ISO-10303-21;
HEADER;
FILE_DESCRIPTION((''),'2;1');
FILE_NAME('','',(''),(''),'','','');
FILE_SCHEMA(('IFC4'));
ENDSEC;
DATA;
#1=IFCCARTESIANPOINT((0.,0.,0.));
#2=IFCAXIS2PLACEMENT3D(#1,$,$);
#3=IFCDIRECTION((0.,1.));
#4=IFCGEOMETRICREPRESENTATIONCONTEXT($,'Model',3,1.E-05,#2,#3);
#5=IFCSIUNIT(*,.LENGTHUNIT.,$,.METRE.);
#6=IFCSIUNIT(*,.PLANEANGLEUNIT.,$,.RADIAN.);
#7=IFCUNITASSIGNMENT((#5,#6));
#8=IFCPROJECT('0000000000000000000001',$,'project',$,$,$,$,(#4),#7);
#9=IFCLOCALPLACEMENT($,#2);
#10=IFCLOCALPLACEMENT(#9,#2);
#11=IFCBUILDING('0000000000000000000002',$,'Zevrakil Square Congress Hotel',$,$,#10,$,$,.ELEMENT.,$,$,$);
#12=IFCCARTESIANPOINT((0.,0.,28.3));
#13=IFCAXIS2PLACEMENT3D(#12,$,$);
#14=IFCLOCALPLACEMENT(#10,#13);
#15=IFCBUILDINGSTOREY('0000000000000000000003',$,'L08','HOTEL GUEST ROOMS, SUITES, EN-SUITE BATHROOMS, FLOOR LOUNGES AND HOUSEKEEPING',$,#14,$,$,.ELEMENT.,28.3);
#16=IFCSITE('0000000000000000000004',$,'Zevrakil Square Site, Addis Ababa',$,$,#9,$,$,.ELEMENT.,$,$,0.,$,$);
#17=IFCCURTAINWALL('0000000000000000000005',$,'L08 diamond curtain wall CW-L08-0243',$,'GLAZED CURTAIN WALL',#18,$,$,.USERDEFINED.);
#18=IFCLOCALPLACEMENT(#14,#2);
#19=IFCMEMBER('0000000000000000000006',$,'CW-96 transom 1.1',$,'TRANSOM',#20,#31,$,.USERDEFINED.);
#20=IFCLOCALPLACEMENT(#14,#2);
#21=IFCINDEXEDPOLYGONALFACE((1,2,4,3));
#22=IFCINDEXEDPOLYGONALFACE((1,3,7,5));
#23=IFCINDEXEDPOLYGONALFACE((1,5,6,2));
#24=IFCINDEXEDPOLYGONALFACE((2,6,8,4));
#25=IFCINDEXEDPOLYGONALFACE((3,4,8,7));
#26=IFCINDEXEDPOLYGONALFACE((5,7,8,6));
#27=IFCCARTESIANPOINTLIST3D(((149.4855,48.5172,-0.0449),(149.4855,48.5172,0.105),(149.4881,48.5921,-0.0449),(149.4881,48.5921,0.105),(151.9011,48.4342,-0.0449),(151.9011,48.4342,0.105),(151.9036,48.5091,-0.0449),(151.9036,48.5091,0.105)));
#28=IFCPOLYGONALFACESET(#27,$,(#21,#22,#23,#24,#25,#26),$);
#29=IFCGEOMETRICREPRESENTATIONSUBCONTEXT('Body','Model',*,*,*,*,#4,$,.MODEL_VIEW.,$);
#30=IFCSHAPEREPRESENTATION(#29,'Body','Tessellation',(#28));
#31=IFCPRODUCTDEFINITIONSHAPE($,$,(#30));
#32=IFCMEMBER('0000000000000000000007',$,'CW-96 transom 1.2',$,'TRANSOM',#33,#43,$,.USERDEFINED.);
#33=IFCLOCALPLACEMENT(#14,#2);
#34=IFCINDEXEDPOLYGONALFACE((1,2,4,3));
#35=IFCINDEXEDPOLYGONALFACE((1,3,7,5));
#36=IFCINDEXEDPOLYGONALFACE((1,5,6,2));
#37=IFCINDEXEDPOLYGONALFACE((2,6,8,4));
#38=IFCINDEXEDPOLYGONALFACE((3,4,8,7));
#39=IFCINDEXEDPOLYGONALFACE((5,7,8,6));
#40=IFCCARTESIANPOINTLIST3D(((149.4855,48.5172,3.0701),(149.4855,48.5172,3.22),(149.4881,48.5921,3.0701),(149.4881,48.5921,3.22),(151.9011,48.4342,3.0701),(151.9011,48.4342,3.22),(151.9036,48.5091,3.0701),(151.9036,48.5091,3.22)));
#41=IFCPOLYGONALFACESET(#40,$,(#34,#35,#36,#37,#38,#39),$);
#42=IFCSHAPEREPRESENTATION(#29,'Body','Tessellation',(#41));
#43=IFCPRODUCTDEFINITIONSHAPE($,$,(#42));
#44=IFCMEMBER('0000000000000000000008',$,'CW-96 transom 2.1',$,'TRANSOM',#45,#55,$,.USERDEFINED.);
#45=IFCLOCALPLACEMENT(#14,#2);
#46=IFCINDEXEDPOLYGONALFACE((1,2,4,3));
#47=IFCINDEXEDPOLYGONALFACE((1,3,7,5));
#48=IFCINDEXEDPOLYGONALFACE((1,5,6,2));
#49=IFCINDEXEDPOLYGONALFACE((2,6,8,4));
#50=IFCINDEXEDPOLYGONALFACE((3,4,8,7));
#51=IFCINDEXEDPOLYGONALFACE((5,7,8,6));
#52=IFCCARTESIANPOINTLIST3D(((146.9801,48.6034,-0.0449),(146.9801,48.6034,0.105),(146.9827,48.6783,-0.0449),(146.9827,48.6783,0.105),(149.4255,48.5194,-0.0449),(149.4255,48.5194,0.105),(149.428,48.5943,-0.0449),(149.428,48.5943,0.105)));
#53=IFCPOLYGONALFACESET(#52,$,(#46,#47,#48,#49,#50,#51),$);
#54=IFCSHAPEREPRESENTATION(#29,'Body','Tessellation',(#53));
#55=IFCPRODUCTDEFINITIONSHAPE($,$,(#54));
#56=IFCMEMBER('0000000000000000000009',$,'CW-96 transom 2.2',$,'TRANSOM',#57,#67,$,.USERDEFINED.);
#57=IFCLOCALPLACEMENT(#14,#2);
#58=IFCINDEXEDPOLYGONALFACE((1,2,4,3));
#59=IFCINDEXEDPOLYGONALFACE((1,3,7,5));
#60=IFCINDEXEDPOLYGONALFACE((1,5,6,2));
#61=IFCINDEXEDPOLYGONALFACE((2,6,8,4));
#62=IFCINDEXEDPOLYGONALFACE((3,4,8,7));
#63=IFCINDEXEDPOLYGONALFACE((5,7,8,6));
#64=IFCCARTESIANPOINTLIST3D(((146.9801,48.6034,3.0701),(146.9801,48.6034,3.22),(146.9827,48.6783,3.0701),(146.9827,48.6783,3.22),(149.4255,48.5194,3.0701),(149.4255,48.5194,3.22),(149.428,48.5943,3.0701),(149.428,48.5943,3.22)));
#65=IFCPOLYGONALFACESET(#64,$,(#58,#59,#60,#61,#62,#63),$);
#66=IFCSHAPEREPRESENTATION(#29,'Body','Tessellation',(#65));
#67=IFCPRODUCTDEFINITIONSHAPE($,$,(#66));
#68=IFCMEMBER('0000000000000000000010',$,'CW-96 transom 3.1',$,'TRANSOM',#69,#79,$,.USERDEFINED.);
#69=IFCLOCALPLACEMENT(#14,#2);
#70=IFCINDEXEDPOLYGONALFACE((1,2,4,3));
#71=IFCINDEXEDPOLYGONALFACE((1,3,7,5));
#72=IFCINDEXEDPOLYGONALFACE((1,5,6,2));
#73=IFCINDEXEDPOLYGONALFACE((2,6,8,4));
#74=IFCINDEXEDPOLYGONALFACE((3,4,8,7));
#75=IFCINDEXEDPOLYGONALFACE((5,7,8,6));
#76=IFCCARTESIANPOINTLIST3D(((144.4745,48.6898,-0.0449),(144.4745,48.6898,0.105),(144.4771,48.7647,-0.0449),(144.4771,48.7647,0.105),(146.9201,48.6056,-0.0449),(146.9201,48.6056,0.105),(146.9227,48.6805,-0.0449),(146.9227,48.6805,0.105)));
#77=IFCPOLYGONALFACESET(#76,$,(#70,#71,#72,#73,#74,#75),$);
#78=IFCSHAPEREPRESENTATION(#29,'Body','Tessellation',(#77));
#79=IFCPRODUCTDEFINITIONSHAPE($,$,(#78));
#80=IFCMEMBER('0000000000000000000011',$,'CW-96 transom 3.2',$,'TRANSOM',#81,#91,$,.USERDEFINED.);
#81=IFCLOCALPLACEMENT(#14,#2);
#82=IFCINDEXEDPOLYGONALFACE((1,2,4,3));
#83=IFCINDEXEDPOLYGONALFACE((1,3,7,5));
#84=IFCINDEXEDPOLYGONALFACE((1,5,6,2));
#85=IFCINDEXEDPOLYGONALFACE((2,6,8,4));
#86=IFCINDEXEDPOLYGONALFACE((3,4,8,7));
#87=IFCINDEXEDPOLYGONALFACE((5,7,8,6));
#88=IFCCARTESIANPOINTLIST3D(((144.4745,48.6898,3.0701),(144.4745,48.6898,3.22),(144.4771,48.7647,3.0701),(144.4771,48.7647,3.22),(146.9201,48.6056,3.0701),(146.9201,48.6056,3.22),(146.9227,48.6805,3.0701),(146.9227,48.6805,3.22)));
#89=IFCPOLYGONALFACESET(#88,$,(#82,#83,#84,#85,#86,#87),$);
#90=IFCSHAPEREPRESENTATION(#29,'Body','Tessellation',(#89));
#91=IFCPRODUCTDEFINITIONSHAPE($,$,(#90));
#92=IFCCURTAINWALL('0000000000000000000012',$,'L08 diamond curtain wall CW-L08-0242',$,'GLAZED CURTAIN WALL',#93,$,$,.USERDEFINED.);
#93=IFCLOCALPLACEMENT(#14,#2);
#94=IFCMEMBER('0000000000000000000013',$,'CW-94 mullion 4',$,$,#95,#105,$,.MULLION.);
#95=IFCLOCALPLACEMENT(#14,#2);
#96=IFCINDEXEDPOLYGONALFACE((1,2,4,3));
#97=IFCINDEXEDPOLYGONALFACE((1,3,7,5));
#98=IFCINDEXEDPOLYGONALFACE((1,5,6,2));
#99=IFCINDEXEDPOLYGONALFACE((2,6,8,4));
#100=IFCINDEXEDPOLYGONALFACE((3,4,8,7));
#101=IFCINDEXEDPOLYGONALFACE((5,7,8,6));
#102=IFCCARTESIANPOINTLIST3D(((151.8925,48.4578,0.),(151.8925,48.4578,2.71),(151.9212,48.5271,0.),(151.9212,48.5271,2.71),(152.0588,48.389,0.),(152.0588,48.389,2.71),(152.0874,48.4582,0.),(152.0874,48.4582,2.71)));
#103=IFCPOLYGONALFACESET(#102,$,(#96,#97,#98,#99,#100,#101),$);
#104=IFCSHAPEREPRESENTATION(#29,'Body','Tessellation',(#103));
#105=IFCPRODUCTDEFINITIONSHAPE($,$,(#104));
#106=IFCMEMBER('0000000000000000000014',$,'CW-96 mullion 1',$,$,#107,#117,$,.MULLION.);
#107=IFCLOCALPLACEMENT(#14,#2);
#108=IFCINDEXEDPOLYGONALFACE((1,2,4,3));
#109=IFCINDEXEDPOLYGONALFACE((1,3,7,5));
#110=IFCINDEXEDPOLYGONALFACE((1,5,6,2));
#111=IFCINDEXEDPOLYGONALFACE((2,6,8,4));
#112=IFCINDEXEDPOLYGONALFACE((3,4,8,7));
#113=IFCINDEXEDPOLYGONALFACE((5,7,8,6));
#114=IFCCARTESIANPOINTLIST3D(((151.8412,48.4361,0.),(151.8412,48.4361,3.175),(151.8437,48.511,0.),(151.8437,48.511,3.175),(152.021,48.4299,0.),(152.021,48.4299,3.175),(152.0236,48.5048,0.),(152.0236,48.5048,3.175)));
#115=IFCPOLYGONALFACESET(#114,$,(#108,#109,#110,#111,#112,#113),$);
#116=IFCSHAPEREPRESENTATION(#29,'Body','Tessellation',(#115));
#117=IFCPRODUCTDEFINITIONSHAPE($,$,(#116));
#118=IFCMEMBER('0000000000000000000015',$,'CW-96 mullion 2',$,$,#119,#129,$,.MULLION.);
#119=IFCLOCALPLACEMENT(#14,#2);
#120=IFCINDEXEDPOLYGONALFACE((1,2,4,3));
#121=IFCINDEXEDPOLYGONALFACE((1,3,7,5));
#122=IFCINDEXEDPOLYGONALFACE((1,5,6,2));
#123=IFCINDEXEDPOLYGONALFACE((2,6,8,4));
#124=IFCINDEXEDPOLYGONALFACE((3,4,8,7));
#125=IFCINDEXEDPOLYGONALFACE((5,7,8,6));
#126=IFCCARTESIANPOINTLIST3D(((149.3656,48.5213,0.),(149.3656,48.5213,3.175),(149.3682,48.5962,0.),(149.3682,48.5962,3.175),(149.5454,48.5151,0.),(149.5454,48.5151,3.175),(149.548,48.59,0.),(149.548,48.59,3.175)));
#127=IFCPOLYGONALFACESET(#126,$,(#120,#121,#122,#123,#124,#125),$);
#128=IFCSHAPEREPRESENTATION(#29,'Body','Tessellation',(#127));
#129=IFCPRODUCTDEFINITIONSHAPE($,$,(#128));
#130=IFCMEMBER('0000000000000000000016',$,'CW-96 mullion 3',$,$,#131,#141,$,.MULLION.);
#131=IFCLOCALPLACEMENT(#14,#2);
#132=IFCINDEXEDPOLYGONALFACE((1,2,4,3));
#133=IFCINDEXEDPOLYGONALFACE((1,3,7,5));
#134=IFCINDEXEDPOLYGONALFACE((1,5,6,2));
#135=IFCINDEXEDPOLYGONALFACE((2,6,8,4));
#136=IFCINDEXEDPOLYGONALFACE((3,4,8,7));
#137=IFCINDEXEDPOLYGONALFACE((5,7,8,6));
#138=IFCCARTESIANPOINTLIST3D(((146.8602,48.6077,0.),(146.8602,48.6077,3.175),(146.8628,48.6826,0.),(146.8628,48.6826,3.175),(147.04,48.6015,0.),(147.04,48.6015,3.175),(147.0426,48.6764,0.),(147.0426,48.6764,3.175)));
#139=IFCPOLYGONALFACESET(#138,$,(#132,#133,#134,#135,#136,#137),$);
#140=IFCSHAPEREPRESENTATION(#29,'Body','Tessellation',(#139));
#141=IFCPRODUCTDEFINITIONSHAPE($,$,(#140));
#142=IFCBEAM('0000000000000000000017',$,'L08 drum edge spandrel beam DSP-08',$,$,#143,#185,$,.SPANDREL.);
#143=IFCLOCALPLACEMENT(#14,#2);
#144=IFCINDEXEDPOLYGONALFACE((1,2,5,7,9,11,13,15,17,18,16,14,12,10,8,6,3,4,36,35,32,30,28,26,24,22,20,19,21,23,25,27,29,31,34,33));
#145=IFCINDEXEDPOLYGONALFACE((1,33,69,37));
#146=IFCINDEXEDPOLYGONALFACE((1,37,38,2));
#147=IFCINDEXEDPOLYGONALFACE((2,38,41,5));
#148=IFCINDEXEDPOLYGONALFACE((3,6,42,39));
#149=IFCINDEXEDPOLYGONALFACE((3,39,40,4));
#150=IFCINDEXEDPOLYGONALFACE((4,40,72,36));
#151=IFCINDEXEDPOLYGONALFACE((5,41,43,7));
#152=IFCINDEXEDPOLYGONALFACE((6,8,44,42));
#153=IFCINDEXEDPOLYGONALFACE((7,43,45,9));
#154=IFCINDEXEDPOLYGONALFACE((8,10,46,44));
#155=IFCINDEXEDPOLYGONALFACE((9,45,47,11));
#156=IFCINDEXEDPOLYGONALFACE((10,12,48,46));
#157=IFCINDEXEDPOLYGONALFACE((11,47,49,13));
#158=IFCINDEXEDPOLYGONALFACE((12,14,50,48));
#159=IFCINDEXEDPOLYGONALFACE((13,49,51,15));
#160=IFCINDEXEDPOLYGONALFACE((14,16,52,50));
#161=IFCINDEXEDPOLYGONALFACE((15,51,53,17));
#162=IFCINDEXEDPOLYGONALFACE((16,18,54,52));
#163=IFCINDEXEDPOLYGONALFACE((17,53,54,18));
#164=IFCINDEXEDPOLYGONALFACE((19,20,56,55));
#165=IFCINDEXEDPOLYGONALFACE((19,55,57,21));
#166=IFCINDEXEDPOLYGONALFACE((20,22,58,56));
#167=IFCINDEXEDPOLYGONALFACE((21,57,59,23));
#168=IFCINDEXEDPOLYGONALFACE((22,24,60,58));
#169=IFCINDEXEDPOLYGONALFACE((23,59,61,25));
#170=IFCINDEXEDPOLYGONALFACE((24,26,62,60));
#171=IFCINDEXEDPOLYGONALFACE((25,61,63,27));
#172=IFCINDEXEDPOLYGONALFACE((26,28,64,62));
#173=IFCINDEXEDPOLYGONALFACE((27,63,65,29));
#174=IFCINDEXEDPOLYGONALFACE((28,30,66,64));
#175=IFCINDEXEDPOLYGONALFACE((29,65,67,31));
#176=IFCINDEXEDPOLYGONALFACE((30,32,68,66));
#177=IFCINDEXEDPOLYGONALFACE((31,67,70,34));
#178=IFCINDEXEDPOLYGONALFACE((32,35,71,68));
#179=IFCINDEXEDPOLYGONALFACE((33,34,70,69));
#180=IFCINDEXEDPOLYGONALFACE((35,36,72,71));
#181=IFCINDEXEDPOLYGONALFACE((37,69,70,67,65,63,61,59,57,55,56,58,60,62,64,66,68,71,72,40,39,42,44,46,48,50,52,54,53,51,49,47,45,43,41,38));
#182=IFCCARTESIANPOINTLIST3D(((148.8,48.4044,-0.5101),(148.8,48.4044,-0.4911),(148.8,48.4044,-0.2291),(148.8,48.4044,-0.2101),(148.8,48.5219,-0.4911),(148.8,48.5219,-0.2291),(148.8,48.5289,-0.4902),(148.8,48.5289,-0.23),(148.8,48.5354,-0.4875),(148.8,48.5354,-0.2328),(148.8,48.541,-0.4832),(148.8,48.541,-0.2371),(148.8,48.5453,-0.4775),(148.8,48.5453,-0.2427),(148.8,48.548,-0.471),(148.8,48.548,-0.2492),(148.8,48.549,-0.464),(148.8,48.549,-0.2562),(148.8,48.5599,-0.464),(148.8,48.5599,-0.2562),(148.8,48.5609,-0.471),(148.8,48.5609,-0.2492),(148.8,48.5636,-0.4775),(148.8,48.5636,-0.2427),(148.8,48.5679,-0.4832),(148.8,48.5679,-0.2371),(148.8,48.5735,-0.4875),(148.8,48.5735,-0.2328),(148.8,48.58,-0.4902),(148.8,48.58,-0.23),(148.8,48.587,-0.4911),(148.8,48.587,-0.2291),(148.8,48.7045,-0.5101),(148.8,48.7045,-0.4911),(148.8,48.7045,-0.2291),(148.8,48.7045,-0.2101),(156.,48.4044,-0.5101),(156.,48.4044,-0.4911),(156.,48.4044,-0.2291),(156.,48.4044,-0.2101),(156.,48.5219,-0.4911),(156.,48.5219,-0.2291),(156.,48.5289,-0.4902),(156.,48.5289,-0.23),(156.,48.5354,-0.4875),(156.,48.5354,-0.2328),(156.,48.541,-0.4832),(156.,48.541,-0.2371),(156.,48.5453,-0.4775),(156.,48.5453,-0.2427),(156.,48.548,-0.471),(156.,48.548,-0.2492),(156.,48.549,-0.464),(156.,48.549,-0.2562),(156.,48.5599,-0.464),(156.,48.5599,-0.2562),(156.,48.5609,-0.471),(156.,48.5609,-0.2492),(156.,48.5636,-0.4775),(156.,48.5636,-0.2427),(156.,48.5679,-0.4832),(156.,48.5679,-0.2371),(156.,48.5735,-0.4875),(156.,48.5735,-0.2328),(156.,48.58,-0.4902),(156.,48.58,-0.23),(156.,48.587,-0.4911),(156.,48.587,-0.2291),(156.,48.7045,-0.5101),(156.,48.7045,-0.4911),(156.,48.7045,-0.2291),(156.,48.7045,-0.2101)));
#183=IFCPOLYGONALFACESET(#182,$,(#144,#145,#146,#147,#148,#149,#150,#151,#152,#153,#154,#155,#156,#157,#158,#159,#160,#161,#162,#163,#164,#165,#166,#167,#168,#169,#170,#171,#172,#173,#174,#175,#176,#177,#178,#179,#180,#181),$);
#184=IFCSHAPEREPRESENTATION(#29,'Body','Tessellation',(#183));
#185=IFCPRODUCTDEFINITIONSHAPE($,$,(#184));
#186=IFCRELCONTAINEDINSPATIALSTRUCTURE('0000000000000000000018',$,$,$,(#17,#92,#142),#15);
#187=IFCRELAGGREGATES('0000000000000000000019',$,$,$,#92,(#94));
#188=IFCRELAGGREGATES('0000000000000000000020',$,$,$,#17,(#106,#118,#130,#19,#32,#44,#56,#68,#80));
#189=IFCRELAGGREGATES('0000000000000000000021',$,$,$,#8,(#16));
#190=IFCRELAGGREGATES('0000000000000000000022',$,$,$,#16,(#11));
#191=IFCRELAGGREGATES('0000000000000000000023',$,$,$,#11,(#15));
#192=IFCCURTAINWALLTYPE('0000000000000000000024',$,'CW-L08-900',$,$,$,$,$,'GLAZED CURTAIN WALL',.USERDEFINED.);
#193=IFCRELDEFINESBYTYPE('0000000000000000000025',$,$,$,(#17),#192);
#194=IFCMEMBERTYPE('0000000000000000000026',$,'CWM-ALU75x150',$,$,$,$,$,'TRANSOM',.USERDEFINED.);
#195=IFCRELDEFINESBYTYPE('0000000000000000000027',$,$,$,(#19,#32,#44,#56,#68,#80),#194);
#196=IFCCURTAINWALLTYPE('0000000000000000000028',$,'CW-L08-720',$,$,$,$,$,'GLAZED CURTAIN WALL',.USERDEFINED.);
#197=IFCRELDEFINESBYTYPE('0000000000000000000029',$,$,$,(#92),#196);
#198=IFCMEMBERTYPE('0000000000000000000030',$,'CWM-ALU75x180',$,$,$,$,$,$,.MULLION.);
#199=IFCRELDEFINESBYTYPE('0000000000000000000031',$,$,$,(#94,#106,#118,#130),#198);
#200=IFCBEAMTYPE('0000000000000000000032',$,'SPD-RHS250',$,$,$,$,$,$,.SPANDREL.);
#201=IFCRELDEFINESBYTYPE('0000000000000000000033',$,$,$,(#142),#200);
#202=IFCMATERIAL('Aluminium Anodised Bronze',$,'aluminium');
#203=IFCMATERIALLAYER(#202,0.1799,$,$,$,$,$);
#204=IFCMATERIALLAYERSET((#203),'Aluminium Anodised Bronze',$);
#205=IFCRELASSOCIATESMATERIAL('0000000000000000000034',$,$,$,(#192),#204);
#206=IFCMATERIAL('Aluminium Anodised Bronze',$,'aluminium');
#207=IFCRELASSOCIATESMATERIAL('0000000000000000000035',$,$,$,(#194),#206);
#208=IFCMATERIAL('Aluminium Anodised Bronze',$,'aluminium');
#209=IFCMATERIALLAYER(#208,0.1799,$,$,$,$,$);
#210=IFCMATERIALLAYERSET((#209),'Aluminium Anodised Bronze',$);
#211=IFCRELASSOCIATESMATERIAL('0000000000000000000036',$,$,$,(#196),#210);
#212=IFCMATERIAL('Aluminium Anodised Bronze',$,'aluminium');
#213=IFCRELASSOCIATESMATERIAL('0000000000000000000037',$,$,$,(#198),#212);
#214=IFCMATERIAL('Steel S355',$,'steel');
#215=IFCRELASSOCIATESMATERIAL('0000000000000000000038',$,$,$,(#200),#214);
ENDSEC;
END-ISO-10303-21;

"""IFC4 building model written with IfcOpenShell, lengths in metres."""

from ifc_helpers import new_model, si_unit, direction, frame, origin, origin_2d, place, context, subcontext, project, spatial, rectangle, i_section, extrude, material, layer, layer_set, material_profile, profile_set, type_object, element, aggregate, save


model = new_model("IFC4")

# Units and contexts
model_context = context("Model", 3, precision=1e-05, world=origin(), true_north=direction((0.0, 1.0)))
body_context = subcontext(model_context, "Body", "Model", "MODEL_VIEW")
ifc_project = project(units=[si_unit("LENGTHUNIT", "METRE"), si_unit("PLANEANGLEUNIT", "RADIAN")], contexts=[model_context])

# Site, building, storey
site_placement = place(None, origin())
site = spatial("IfcSite", under=ifc_project, at=site_placement, Name="Zevrakil Square Site, Addis Ababa", CompositionType="ELEMENT", RefElevation=0.0)
building_placement = place(site_placement, origin())
building = spatial("IfcBuilding", under=site, at=building_placement, Name="Zevrakil Square Congress Hotel", CompositionType="ELEMENT")
storey_placement = place(building_placement, frame((0.0, 0.0, 28.3)))
storey = spatial("IfcBuildingStorey", under=building, at=storey_placement, Name="L08", Description="HOTEL GUEST ROOMS, SUITES, EN-SUITE BATHROOMS, FLOOR LOUNGES AND HOUSEKEEPING", CompositionType="ELEMENT", Elevation=28.3)

# Curtain wall, members
ifc_material_1 = material(Name="Aluminium Anodised Bronze", Category="aluminium")
ifc_layer_1 = layer(ifc_material_1, 0.1799)
ifc_layer_set_1 = layer_set([ifc_layer_1], Name="Aluminium Anodised Bronze")
curtain_wall_type_1 = type_object("IfcCurtainWallType", Name="CW-L08-900", ElementType="GLAZED CURTAIN WALL", PredefinedType="USERDEFINED", material=ifc_layer_set_1)
curtain_wall_1_placement = place(storey_placement, origin())
curtain_wall_1 = element("IfcCurtainWall", 1, at=curtain_wall_1_placement, inside=storey, type_object=curtain_wall_type_1, Name="L08 diamond curtain wall CW-L08-0243", ObjectType="GLAZED CURTAIN WALL", PredefinedType="USERDEFINED")
ifc_material_2 = material(Name="Aluminium Anodised Bronze", Category="aluminium")
ifc_material_profile_1 = material_profile(ifc_material_2, rectangle(XDim=0.075, YDim=0.1499, at=origin_2d()), Name="ALU 75x150")
ifc_profile_set_1 = profile_set([ifc_material_profile_1], Name="Aluminium Anodised Bronze")
member_type_1 = type_object("IfcMemberType", Name="CWM-ALU75x150", ElementType="TRANSOM", PredefinedType="USERDEFINED", material=ifc_profile_set_1)
member_1_placement = place(storey_placement, frame((151.9023, 48.4717, 0.03), z_axis=(-0.99941, 0.034344, 0.0), x_axis=(-0.034344, -0.99941, 0.0)))
member_1 = element("IfcMember", 2, at=member_1_placement, type_object=member_type_1, Name="CW-96 transom 1.1", ObjectType="TRANSOM", PredefinedType="USERDEFINED", context=body_context, shape_type="SweptSolid", body=[
    extrude(rectangle(XDim=0.075, YDim=0.1499, at=origin_2d()), origin(), (0.0, 0.0, 1.0), 2.417),
])
member_2_placement = place(storey_placement, frame((151.9023, 48.4717, 3.145), z_axis=(-0.99941, 0.034344, 0.0), x_axis=(-0.034344, -0.99941, 0.0)))
member_2 = element("IfcMember", 3, at=member_2_placement, type_object=member_type_1, Name="CW-96 transom 1.2", ObjectType="TRANSOM", PredefinedType="USERDEFINED", context=body_context, shape_type="SweptSolid", body=[
    extrude(rectangle(XDim=0.075, YDim=0.1499, at=origin_2d()), origin(), (0.0, 0.0, 1.0), 2.417),
])
member_3_placement = place(storey_placement, frame((149.4268, 48.5569, 0.03), z_axis=(-0.999411, 0.034325, 0.0), x_axis=(-0.034325, -0.999411, 0.0)))
member_3 = element("IfcMember", 4, at=member_3_placement, type_object=member_type_1, Name="CW-96 transom 2.1", ObjectType="TRANSOM", PredefinedType="USERDEFINED", context=body_context, shape_type="SweptSolid", body=[
    extrude(rectangle(XDim=0.075, YDim=0.1499, at=origin_2d()), origin(), (0.0, 0.0, 1.0), 2.4468),
])
member_4_placement = place(storey_placement, frame((149.4268, 48.5569, 3.145), z_axis=(-0.999411, 0.034325, 0.0), x_axis=(-0.034325, -0.999411, 0.0)))
member_4 = element("IfcMember", 5, at=member_4_placement, type_object=member_type_1, Name="CW-96 transom 2.2", ObjectType="TRANSOM", PredefinedType="USERDEFINED", context=body_context, shape_type="SweptSolid", body=[
    extrude(rectangle(XDim=0.075, YDim=0.1499, at=origin_2d()), origin(), (0.0, 0.0, 1.0), 2.4468),
])
member_5_placement = place(storey_placement, frame((146.9214, 48.6431, 0.03), z_axis=(-0.999407, 0.034421, 0.0), x_axis=(-0.034421, -0.999407, 0.0)))
member_5 = element("IfcMember", 6, at=member_5_placement, type_object=member_type_1, Name="CW-96 transom 3.1", ObjectType="TRANSOM", PredefinedType="USERDEFINED", context=body_context, shape_type="SweptSolid", body=[
    extrude(rectangle(XDim=0.075, YDim=0.1499, at=origin_2d()), origin(), (0.0, 0.0, 1.0), 2.447),
])
member_6_placement = place(storey_placement, frame((146.9214, 48.6431, 3.145), z_axis=(-0.999407, 0.034421, 0.0), x_axis=(-0.034421, -0.999407, 0.0)))
member_6 = element("IfcMember", 7, at=member_6_placement, type_object=member_type_1, Name="CW-96 transom 3.2", ObjectType="TRANSOM", PredefinedType="USERDEFINED", context=body_context, shape_type="SweptSolid", body=[
    extrude(rectangle(XDim=0.075, YDim=0.1499, at=origin_2d()), origin(), (0.0, 0.0, 1.0), 2.447),
])

# Curtain wall, member
ifc_material_3 = material(Name="Aluminium Anodised Bronze", Category="aluminium")
ifc_layer_2 = layer(ifc_material_3, 0.1799)
ifc_layer_set_2 = layer_set([ifc_layer_2], Name="Aluminium Anodised Bronze")
curtain_wall_type_2 = type_object("IfcCurtainWallType", Name="CW-L08-720", ElementType="GLAZED CURTAIN WALL", PredefinedType="USERDEFINED", material=ifc_layer_set_2)
curtain_wall_2_placement = place(storey_placement, origin())
curtain_wall_2 = element("IfcCurtainWall", 8, at=curtain_wall_2_placement, inside=storey, type_object=curtain_wall_type_2, Name="L08 diamond curtain wall CW-L08-0242", ObjectType="GLAZED CURTAIN WALL", PredefinedType="USERDEFINED")
ifc_material_4 = material(Name="Aluminium Anodised Bronze", Category="aluminium")
ifc_material_profile_2 = material_profile(ifc_material_4, rectangle(XDim=0.075, YDim=0.1799, at=origin_2d()), Name="ALU 75x180")
ifc_profile_set_2 = profile_set([ifc_material_profile_2], Name="Aluminium Anodised Bronze")
member_type_2 = type_object("IfcMemberType", Name="CWM-ALU75x180", PredefinedType="MULLION", material=ifc_profile_set_2)
member_7_placement = place(storey_placement, frame((151.99, 48.458, 0.0), z_axis=(0.0, 0.0, 1.0), x_axis=(-0.382684, -0.923879, 0.0)))
member_7 = element("IfcMember", 9, at=member_7_placement, type_object=member_type_2, Name="CW-94 mullion 4", PredefinedType="MULLION", context=body_context, shape_type="SweptSolid", body=[
    extrude(rectangle(XDim=0.075, YDim=0.1799, at=origin_2d()), origin(), (0.0, 0.0, 1.0), 2.71),
])
aggregate(curtain_wall_2, [member_7])

# Members
member_8_placement = place(storey_placement, frame((151.9324, 48.4705, 0.0), z_axis=(0.0, 0.0, 1.0), x_axis=(-0.034405, -0.999408, 0.0)))
member_8 = element("IfcMember", 10, at=member_8_placement, type_object=member_type_2, Name="CW-96 mullion 1", PredefinedType="MULLION", context=body_context, shape_type="SweptSolid", body=[
    extrude(rectangle(XDim=0.075, YDim=0.1799, at=origin_2d()), origin(), (0.0, 0.0, 1.0), 3.175),
])
member_9_placement = place(storey_placement, frame((149.4568, 48.5557, 0.0), z_axis=(0.0, 0.0, 1.0), x_axis=(-0.034405, -0.999408, 0.0)))
member_9 = element("IfcMember", 11, at=member_9_placement, type_object=member_type_2, Name="CW-96 mullion 2", PredefinedType="MULLION", context=body_context, shape_type="SweptSolid", body=[
    extrude(rectangle(XDim=0.075, YDim=0.1799, at=origin_2d()), origin(), (0.0, 0.0, 1.0), 3.175),
])
member_10_placement = place(storey_placement, frame((146.9514, 48.6421, 0.0), z_axis=(0.0, 0.0, 1.0), x_axis=(-0.034405, -0.999408, 0.0)))
member_10 = element("IfcMember", 12, at=member_10_placement, type_object=member_type_2, Name="CW-96 mullion 3", PredefinedType="MULLION", context=body_context, shape_type="SweptSolid", body=[
    extrude(rectangle(XDim=0.075, YDim=0.1799, at=origin_2d()), origin(), (0.0, 0.0, 1.0), 3.175),
])

# Beam
ifc_material_5 = material(Name="Steel S355", Category="steel")
ifc_material_profile_3 = material_profile(ifc_material_5, i_section(OverallWidth=0.3, OverallDepth=0.3, WebThickness=0.011, FlangeThickness=0.019, FilletRadius=0.0271, at=origin_2d()), Name="HEB 300")
ifc_profile_set_3 = profile_set([ifc_material_profile_3], Name="Steel S355")
beam_type = type_object("IfcBeamType", Name="SPD-RHS250", PredefinedType="SPANDREL", material=ifc_profile_set_3)
for number, where, z_axis, x_axis, name in (
    (13, (156.0, 48.5544, -0.3601), (-1.0, 0.0, 0.0), (0.0, -1.0, 0.0), "L08 drum edge spandrel beam DSP-08"),
):
    element("IfcBeam", number, at=place(storey_placement, frame(where, z_axis=z_axis, x_axis=x_axis)), inside=storey, type_object=beam_type, Name=name, PredefinedType="SPANDREL", context=body_context, shape_type="SweptSolid", body=[
        extrude(i_section(OverallWidth=0.3, OverallDepth=0.3, WebThickness=0.011, FlangeThickness=0.019, FilletRadius=0.0271, at=origin_2d()), origin(), (0.0, 0.0, 1.0), 7.2),
    ])

aggregate(curtain_wall_1, [member_8, member_9, member_10, member_1, member_2, member_3, member_4, member_5, member_6])

save(model, "model.ifc")
